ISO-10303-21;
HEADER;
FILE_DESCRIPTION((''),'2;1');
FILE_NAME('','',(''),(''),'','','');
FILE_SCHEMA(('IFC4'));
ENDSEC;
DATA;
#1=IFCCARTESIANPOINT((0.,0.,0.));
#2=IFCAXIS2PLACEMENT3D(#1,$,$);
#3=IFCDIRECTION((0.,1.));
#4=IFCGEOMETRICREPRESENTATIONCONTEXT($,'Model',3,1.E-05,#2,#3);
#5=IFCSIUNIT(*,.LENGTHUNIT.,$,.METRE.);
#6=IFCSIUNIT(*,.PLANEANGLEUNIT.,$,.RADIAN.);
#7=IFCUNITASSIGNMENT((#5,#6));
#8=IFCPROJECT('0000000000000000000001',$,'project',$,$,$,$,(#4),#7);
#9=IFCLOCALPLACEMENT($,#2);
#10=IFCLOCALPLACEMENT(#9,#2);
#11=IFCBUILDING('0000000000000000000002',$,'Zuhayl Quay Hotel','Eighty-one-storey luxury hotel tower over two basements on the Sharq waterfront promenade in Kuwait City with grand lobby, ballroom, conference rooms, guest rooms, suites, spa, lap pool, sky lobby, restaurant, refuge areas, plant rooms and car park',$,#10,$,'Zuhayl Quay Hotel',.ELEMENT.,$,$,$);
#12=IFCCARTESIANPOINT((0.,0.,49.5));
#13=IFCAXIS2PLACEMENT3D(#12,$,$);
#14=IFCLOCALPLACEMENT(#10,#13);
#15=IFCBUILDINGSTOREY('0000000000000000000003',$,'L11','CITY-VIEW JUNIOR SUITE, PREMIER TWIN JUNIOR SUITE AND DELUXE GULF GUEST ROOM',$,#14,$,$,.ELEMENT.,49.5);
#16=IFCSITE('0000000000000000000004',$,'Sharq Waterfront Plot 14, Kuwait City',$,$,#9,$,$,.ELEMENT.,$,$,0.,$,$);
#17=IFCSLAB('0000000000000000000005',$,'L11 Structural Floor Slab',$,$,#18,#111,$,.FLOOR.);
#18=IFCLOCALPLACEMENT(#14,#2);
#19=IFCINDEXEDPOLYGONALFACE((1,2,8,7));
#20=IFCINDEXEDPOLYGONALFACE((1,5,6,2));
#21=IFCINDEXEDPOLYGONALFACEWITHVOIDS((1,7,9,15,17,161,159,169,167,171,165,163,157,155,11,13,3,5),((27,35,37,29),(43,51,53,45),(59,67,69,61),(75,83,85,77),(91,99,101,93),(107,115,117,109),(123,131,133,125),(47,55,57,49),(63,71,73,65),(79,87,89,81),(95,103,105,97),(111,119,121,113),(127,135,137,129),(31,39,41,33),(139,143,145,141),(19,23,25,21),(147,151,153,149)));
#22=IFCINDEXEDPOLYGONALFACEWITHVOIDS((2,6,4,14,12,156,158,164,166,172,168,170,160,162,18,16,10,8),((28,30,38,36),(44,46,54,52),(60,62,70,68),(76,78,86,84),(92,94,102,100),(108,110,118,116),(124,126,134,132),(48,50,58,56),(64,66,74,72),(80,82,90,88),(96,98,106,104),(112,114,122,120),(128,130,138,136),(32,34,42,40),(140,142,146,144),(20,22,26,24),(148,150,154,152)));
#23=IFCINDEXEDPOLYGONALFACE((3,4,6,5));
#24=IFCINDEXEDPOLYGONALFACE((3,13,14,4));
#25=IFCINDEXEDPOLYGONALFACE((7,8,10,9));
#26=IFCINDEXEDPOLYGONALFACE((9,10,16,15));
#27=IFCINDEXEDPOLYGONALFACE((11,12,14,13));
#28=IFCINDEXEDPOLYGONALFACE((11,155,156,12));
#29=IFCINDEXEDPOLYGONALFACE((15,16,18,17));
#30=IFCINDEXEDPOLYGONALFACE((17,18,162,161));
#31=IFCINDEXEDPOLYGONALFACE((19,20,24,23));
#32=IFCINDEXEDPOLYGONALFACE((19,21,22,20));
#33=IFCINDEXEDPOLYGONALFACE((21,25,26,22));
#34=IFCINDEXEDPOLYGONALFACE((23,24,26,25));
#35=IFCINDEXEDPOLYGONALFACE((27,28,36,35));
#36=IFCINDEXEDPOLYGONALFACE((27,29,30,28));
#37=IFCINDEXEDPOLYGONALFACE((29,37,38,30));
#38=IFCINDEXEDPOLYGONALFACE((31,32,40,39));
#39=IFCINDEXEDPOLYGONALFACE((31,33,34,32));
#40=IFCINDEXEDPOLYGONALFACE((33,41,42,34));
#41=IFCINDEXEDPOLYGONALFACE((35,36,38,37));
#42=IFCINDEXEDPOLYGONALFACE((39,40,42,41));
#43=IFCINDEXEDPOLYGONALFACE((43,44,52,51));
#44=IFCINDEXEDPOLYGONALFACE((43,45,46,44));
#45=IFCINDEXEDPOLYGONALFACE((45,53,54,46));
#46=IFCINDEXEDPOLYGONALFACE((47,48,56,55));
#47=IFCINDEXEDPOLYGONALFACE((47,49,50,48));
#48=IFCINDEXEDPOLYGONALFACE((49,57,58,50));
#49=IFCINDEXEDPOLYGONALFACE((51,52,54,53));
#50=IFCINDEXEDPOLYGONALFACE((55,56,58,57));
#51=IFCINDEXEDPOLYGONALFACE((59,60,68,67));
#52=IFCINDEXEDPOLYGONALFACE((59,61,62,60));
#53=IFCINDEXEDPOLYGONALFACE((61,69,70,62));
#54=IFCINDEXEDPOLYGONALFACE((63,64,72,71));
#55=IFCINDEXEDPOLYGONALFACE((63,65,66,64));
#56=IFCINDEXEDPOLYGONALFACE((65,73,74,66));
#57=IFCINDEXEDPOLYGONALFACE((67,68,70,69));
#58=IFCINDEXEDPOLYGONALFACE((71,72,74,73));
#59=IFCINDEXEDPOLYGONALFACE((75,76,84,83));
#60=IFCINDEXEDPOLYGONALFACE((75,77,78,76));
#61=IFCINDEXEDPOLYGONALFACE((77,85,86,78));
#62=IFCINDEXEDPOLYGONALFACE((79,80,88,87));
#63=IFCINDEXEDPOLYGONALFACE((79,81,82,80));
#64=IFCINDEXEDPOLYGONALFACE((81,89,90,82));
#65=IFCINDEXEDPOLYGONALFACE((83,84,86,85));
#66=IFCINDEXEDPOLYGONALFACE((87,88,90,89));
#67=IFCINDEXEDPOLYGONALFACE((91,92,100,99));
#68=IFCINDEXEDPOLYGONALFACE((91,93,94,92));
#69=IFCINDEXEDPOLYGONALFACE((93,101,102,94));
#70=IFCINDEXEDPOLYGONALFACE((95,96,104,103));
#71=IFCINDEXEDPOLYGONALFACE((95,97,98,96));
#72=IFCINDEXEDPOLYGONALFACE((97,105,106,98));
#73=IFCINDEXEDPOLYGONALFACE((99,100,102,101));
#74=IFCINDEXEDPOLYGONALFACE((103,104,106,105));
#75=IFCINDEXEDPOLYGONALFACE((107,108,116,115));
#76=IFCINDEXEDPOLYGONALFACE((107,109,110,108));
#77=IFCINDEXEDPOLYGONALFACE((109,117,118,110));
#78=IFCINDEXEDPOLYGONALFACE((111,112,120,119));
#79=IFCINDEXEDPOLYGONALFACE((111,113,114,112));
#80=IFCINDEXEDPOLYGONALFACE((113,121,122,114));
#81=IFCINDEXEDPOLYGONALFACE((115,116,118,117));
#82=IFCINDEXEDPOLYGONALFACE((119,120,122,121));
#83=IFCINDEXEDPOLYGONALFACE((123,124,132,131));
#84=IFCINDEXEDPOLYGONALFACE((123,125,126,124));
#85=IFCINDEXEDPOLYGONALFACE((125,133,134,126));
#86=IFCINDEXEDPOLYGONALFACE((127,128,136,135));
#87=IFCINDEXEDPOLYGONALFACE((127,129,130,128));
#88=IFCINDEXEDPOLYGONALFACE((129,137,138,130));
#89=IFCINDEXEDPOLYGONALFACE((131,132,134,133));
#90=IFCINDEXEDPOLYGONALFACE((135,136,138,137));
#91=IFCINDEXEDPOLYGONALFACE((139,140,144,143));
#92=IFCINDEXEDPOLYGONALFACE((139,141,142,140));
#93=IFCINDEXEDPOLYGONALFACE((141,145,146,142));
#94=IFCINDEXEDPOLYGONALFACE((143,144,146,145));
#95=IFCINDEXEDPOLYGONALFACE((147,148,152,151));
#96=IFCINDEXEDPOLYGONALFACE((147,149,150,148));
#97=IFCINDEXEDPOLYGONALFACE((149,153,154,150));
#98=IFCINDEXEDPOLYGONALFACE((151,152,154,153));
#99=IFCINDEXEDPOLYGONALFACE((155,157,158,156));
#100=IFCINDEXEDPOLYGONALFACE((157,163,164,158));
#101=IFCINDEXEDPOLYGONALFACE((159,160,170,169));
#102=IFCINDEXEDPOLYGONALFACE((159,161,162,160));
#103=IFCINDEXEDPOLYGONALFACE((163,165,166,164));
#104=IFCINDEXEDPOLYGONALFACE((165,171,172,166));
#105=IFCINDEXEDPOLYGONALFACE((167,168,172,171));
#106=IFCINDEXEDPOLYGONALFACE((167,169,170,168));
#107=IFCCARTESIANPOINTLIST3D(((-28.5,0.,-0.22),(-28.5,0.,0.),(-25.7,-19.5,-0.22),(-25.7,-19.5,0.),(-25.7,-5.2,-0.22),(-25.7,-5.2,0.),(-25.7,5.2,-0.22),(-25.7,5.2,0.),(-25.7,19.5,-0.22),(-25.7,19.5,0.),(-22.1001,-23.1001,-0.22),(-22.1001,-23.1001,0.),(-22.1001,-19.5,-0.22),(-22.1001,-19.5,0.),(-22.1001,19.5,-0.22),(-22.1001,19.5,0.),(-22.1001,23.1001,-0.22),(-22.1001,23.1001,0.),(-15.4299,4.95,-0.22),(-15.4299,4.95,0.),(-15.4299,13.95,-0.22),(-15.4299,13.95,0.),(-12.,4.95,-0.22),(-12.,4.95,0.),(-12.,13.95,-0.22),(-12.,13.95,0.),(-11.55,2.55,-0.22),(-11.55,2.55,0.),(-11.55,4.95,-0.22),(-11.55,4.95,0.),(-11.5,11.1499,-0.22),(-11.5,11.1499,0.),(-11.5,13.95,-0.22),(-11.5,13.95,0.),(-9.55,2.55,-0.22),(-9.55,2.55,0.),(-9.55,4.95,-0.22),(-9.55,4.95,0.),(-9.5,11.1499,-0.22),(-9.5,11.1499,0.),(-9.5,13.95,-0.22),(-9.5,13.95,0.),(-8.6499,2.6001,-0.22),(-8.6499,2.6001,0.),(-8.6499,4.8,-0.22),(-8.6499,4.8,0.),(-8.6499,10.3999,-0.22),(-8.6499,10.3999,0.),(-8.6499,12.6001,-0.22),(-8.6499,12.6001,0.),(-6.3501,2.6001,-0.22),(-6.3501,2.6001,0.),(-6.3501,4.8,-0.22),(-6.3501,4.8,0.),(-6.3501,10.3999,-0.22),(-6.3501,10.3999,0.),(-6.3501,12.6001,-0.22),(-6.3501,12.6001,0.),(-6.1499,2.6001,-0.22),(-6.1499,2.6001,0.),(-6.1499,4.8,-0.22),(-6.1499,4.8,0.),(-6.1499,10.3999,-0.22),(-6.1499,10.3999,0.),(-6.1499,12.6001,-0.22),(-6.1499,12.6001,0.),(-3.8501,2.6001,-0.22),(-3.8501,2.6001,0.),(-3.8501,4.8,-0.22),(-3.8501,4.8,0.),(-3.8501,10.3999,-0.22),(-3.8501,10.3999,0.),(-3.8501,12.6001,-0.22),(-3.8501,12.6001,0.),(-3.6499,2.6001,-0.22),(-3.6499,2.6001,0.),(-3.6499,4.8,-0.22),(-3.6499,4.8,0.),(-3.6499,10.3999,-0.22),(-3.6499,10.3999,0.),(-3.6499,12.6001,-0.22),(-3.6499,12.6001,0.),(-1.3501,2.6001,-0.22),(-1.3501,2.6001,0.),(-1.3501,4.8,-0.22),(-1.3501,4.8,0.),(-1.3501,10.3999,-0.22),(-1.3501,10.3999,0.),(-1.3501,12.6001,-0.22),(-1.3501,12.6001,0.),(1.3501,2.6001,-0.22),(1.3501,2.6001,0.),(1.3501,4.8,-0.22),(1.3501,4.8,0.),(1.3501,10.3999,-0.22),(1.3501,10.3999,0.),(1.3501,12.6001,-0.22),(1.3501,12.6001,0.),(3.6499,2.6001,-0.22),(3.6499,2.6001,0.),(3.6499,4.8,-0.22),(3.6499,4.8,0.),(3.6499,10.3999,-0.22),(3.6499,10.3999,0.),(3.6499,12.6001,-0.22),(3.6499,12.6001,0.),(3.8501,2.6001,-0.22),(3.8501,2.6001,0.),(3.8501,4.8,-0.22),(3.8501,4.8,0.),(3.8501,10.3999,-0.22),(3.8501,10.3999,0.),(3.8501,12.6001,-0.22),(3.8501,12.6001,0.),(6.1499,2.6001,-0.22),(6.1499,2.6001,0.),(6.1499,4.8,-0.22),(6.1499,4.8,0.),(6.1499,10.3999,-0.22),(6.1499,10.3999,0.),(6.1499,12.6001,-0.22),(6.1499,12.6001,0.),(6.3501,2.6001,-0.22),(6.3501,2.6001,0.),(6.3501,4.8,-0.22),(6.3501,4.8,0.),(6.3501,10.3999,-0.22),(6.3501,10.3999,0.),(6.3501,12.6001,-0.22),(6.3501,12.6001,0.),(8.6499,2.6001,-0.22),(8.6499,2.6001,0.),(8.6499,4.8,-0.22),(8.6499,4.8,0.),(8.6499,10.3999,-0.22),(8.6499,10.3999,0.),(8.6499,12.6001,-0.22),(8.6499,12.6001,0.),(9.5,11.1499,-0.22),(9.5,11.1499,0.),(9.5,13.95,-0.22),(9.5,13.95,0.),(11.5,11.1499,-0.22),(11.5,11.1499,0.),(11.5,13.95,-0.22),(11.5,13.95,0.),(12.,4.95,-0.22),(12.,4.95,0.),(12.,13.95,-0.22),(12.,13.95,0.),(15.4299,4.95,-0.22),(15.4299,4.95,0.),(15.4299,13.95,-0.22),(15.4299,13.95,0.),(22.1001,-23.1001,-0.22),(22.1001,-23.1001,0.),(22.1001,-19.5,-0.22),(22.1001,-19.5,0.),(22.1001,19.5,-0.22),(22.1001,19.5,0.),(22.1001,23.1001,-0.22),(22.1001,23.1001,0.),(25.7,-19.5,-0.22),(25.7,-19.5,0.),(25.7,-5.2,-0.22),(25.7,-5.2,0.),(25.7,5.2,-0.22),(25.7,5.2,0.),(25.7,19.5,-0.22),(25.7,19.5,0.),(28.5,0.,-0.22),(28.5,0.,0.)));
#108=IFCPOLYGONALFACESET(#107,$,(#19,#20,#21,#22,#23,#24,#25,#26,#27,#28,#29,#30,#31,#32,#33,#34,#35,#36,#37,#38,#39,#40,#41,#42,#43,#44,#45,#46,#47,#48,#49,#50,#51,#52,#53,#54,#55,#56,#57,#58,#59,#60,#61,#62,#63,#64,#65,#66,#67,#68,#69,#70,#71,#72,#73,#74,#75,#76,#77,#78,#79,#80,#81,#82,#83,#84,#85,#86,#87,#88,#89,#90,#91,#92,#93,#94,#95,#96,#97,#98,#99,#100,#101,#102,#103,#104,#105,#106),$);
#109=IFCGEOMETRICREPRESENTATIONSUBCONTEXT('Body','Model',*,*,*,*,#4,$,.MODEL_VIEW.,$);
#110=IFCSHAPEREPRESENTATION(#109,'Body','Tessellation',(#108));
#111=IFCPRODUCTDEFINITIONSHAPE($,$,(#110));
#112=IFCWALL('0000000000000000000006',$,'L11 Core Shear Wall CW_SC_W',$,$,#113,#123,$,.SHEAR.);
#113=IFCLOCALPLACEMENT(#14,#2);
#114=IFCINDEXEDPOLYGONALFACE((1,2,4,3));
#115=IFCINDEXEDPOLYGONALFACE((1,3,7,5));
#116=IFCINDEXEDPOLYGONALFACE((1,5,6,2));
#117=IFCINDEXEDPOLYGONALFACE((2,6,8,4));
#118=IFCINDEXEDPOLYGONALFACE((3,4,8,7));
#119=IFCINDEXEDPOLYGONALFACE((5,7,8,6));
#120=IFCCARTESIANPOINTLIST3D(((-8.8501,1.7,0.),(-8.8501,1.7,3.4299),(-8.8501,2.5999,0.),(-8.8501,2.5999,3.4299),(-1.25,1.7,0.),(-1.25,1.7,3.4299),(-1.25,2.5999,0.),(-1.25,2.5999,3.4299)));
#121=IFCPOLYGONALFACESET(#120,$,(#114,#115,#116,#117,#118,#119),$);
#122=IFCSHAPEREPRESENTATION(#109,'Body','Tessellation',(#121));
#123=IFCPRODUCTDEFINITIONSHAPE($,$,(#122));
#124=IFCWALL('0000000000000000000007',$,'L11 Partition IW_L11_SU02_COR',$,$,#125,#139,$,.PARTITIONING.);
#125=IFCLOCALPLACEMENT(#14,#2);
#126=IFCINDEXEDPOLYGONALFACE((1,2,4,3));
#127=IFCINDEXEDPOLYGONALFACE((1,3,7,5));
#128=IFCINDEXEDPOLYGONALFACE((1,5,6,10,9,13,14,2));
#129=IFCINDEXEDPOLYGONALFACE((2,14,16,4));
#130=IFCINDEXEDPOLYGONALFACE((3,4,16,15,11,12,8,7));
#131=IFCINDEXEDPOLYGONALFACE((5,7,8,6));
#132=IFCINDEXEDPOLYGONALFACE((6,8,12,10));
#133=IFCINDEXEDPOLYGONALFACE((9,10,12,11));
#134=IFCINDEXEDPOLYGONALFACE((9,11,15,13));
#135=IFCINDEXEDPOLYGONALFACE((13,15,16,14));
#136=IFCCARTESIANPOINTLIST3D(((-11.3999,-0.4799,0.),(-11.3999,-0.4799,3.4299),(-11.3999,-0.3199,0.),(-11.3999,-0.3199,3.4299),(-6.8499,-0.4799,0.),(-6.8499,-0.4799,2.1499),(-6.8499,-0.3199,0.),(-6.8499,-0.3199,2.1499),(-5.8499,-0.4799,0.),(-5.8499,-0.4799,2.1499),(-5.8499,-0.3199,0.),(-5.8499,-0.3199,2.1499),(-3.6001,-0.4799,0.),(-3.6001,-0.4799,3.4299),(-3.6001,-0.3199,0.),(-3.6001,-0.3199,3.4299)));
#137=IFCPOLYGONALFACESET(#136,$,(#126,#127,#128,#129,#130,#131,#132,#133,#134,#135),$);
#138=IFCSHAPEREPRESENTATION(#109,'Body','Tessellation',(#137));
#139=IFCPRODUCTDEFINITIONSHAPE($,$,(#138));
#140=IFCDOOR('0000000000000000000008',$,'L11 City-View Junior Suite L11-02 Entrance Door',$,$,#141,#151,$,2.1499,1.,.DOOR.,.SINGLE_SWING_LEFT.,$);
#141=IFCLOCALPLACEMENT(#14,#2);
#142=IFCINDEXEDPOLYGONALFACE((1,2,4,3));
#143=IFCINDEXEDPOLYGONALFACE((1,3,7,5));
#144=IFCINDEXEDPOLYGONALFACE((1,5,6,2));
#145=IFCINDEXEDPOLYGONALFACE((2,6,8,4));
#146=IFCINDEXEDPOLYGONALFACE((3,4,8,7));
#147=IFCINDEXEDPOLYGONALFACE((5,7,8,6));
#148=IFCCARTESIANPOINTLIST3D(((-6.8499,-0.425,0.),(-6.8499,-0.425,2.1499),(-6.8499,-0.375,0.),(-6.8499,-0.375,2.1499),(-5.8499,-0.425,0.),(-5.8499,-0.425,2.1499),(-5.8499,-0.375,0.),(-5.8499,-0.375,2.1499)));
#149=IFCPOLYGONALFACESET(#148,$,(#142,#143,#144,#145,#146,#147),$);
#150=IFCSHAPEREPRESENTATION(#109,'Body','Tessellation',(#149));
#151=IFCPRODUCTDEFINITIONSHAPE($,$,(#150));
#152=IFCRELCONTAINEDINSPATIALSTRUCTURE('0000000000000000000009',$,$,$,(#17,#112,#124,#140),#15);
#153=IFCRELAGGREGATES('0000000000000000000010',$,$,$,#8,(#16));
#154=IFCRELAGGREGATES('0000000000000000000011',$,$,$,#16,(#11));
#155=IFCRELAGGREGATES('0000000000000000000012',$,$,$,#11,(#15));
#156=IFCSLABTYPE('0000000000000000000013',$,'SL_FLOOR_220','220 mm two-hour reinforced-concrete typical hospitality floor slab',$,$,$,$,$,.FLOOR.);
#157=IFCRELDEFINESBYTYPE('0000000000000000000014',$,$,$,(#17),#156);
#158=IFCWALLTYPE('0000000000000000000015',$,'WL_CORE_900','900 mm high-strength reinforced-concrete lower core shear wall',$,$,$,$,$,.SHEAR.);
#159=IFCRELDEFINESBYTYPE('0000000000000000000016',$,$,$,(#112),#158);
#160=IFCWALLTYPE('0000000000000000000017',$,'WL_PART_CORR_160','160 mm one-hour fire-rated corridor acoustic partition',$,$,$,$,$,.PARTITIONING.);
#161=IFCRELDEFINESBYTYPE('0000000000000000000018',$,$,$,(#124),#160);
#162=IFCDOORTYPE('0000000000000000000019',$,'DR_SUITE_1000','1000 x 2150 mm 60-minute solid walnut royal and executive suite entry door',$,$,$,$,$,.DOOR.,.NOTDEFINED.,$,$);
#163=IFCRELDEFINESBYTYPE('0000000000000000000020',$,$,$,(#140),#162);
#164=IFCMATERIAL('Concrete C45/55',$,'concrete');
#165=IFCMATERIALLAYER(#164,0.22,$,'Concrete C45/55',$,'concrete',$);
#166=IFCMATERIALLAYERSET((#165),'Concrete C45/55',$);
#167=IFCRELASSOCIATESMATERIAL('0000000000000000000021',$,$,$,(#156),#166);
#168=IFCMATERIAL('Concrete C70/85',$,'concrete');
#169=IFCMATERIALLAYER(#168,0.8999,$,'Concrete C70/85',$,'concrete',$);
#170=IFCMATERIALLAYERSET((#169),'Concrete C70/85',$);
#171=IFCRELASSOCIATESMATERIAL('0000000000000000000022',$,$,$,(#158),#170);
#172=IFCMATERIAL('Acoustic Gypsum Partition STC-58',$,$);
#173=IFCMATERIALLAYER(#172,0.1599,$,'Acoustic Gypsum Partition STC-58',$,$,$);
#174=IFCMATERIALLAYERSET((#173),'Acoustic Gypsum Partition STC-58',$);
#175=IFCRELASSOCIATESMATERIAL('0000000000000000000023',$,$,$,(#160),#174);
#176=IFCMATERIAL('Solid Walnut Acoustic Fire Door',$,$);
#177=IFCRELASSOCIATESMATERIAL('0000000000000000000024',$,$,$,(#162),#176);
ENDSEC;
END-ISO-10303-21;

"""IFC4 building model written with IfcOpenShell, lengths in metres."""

from ifc_helpers import new_model, si_unit, direction, frame, frame_2d, origin, place, context, subcontext, project, spatial, polyline, rectangle, outline, extrude, material, layer, layer_set, type_object, element, fill, save


model = new_model("IFC4")

# Units and contexts
model_context = context("Model", 3, precision=1e-05, world=origin(), true_north=direction((0.0, 1.0)))
body_context = subcontext(model_context, "Body", "Model", "MODEL_VIEW")
ifc_project = project(units=[si_unit("LENGTHUNIT", "METRE"), si_unit("PLANEANGLEUNIT", "RADIAN")], contexts=[model_context])

# Site, building, storey
site_placement = place(None, origin())
site = spatial("IfcSite", under=ifc_project, at=site_placement, Name="Sharq Waterfront Plot 14, Kuwait City", CompositionType="ELEMENT", RefElevation=0.0)
building_placement = place(site_placement, origin())
building = spatial("IfcBuilding", under=site, at=building_placement, Name="Zuhayl Quay Hotel", Description="Eighty-one-storey luxury hotel tower over two basements on the Sharq waterfront promenade in Kuwait City with grand lobby, ballroom, conference rooms, guest rooms, suites, spa, lap pool, sky lobby, restaurant, refuge areas, plant rooms and car park", LongName="Zuhayl Quay Hotel", CompositionType="ELEMENT")
storey_placement = place(building_placement, frame((0.0, 0.0, 49.5)))
storey = spatial("IfcBuildingStorey", under=building, at=storey_placement, Name="L11", Description="CITY-VIEW JUNIOR SUITE, PREMIER TWIN JUNIOR SUITE AND DELUXE GULF GUEST ROOM", CompositionType="ELEMENT", Elevation=49.5)

# Shared definitions
ifc_material_1 = material(Name="Concrete C70/85", Category="concrete")

# Slab
ifc_material_2 = material(Name="Concrete C45/55", Category="concrete")
ifc_layer_1 = layer(ifc_material_2, 0.22, Name="Concrete C45/55", Category="concrete")
ifc_layer_set_1 = layer_set([ifc_layer_1], Name="Concrete C45/55")
slab_type_1 = type_object("IfcSlabType", Name="SL_FLOOR_220", Description="220 mm two-hour reinforced-concrete typical hospitality floor slab", PredefinedType="FLOOR", material=ifc_layer_set_1)
slab_1_placement = place(storey_placement, frame((0.0, 0.0, -0.22)))
element("IfcSlab", 1, at=slab_1_placement, inside=storey, type_object=slab_type_1, Name="L11 Structural Floor Slab", PredefinedType="FLOOR", context=body_context, shape_type="SweptSolid", body=[
    extrude(outline(polyline([(-22.1001, -23.1001), (22.1001, -23.1001), (22.1001, -19.5), (25.7, -19.5), (25.7, -5.2), (28.5, 0.0), (25.7, 5.2), (25.7, 19.5), (22.1001, 19.5), (22.1001, 23.1001), (-22.1001, 23.1001), (-22.1001, 19.5), (-25.7, 19.5), (-25.7, 5.2), (-28.5, 0.0), (-25.7, -5.2), (-25.7, -19.5), (-22.1001, -19.5), (-22.1001, -23.1001)]), holes=[polyline([(-12.0, 4.95), (-12.0, 13.95), (-15.4299, 13.95), (-15.4299, 4.95), (-12.0, 4.95)]), polyline([(15.4299, 4.95), (15.4299, 13.95), (12.0, 13.95), (12.0, 4.95), (15.4299, 4.95)]), polyline([(-11.5, 11.1499), (-9.5, 11.1499), (-9.5, 13.95), (-11.5, 13.95), (-11.5, 11.1499)]), polyline([(9.5, 11.1499), (11.5, 11.1499), (11.5, 13.95), (9.5, 13.95), (9.5, 11.1499)]), polyline([(-8.6499, 2.6001), (-6.3501, 2.6001), (-6.3501, 4.8), (-8.6499, 4.8), (-8.6499, 2.6001)]), polyline([(-6.1499, 2.6001), (-3.8501, 2.6001), (-3.8501, 4.8), (-6.1499, 4.8), (-6.1499, 2.6001)]), polyline([(-8.6499, 10.3999), (-6.3501, 10.3999), (-6.3501, 12.6001), (-8.6499, 12.6001), (-8.6499, 10.3999)]), polyline([(-6.1499, 10.3999), (-3.8501, 10.3999), (-3.8501, 12.6001), (-6.1499, 12.6001), (-6.1499, 10.3999)]), polyline([(-3.6499, 2.6001), (-1.3501, 2.6001), (-1.3501, 4.8), (-3.6499, 4.8), (-3.6499, 2.6001)]), polyline([(1.3501, 2.6001), (3.6499, 2.6001), (3.6499, 4.8), (1.3501, 4.8), (1.3501, 2.6001)]), polyline([(-3.6499, 10.3999), (-1.3501, 10.3999), (-1.3501, 12.6001), (-3.6499, 12.6001), (-3.6499, 10.3999)]), polyline([(1.3501, 10.3999), (3.6499, 10.3999), (3.6499, 12.6001), (1.3501, 12.6001), (1.3501, 10.3999)]), polyline([(3.8501, 2.6001), (6.1499, 2.6001), (6.1499, 4.8), (3.8501, 4.8), (3.8501, 2.6001)]), polyline([(6.3501, 2.6001), (8.6499, 2.6001), (8.6499, 4.8), (6.3501, 4.8), (6.3501, 2.6001)]), polyline([(3.8501, 10.3999), (6.1499, 10.3999), (6.1499, 12.6001), (3.8501, 12.6001), (3.8501, 10.3999)]), polyline([(6.3501, 10.3999), (8.6499, 10.3999), (8.6499, 12.6001), (6.3501, 12.6001), (6.3501, 10.3999)]), polyline([(-11.55, 2.55), (-9.55, 2.55), (-9.55, 4.95), (-11.55, 4.95), (-11.55, 2.55)])]), origin(), (0.0, 0.0, 1.0), 0.22),
])

# Wall
ifc_layer_2 = layer(ifc_material_1, 0.8999, Name="Concrete C70/85", Category="concrete")
ifc_layer_set_2 = layer_set([ifc_layer_2], Name="Concrete C70/85")
wall_type_1 = type_object("IfcWallType", Name="WL_CORE_900", Description="900 mm high-strength reinforced-concrete lower core shear wall", PredefinedType="SHEAR", material=ifc_layer_set_2)
wall_1_placement = place(storey_placement, frame((-8.8501, 2.1499, 0.0), z_axis=(0.0, 0.0, 1.0), x_axis=(1.0, 0.0, 0.0)))
element("IfcWall", 2, at=wall_1_placement, inside=storey, type_object=wall_type_1, Name="L11 Core Shear Wall CW_SC_W", PredefinedType="SHEAR", context=body_context, shape_type="SweptSolid", body=[
    extrude(rectangle(XDim=7.6001, YDim=0.8999, at=frame_2d((3.8, 0.0))), origin(), (0.0, 0.0, 1.0), 3.4299),
])

# Wall, opening, door
ifc_material_3 = material(Name="Acoustic Gypsum Partition STC-58")
ifc_layer_3 = layer(ifc_material_3, 0.1599, Name="Acoustic Gypsum Partition STC-58")
ifc_layer_set_3 = layer_set([ifc_layer_3], Name="Acoustic Gypsum Partition STC-58")
wall_type_2 = type_object("IfcWallType", Name="WL_PART_CORR_160", Description="160 mm one-hour fire-rated corridor acoustic partition", PredefinedType="PARTITIONING", material=ifc_layer_set_3)
wall_2_placement = place(storey_placement, frame((-11.3999, -0.3999, 0.0), z_axis=(0.0, 0.0, 1.0), x_axis=(1.0, 0.0, 0.0)))
wall_2 = element("IfcWall", 3, at=wall_2_placement, inside=storey, type_object=wall_type_2, Name="L11 Partition IW_L11_SU02_COR", PredefinedType="PARTITIONING", context=body_context, shape_type="SweptSolid", body=[
    extrude(rectangle(XDim=7.7998, YDim=0.1599, at=frame_2d((3.8999, 0.0))), origin(), (0.0, 0.0, 1.0), 3.4299),
])
opening_1_placement = place(wall_2_placement, frame((4.55, 0.0, 0.0)))
opening_1 = element("IfcOpeningElement", 4, at=opening_1_placement, cuts=wall_2, PredefinedType="OPENING", context=body_context, shape_type="SweptSolid", body=[
    extrude(rectangle(XDim=1.0, YDim=2.1499, at=frame_2d((0.5, 1.075))), frame((0.0, 0.0898, 0.0), z_axis=(0.0, -1.0, 0.0), x_axis=(1.0, 0.0, 0.0)), (0.0, 0.0, 1.0), 0.1799),
])
ifc_material_4 = material(Name="Solid Walnut Acoustic Fire Door")
door_type_1 = type_object("IfcDoorType", Name="DR_SUITE_1000", Description="1000 x 2150 mm 60-minute solid walnut royal and executive suite entry door", OperationType="NOTDEFINED", PredefinedType="DOOR", material=ifc_material_4)
door_1_placement = place(opening_1_placement, origin())
door_1 = element("IfcDoor", 5, at=door_1_placement, inside=storey, type_object=door_type_1, Name="L11 City-View Junior Suite L11-02 Entrance Door", OperationType="SINGLE_SWING_LEFT", OverallHeight=2.1499, OverallWidth=1.0, PredefinedType="DOOR", context=body_context, shape_type="SweptSolid", body=[
    extrude(rectangle(XDim=1.0, YDim=2.1499, at=frame_2d((0.5, 1.075))), frame((0.0, 0.0249, 0.0), z_axis=(0.0, -1.0, 0.0), x_axis=(1.0, 0.0, 0.0)), (0.0, 0.0, 1.0), 0.05),
])
fill(opening_1, door_1)

save(model, "model.ifc")
